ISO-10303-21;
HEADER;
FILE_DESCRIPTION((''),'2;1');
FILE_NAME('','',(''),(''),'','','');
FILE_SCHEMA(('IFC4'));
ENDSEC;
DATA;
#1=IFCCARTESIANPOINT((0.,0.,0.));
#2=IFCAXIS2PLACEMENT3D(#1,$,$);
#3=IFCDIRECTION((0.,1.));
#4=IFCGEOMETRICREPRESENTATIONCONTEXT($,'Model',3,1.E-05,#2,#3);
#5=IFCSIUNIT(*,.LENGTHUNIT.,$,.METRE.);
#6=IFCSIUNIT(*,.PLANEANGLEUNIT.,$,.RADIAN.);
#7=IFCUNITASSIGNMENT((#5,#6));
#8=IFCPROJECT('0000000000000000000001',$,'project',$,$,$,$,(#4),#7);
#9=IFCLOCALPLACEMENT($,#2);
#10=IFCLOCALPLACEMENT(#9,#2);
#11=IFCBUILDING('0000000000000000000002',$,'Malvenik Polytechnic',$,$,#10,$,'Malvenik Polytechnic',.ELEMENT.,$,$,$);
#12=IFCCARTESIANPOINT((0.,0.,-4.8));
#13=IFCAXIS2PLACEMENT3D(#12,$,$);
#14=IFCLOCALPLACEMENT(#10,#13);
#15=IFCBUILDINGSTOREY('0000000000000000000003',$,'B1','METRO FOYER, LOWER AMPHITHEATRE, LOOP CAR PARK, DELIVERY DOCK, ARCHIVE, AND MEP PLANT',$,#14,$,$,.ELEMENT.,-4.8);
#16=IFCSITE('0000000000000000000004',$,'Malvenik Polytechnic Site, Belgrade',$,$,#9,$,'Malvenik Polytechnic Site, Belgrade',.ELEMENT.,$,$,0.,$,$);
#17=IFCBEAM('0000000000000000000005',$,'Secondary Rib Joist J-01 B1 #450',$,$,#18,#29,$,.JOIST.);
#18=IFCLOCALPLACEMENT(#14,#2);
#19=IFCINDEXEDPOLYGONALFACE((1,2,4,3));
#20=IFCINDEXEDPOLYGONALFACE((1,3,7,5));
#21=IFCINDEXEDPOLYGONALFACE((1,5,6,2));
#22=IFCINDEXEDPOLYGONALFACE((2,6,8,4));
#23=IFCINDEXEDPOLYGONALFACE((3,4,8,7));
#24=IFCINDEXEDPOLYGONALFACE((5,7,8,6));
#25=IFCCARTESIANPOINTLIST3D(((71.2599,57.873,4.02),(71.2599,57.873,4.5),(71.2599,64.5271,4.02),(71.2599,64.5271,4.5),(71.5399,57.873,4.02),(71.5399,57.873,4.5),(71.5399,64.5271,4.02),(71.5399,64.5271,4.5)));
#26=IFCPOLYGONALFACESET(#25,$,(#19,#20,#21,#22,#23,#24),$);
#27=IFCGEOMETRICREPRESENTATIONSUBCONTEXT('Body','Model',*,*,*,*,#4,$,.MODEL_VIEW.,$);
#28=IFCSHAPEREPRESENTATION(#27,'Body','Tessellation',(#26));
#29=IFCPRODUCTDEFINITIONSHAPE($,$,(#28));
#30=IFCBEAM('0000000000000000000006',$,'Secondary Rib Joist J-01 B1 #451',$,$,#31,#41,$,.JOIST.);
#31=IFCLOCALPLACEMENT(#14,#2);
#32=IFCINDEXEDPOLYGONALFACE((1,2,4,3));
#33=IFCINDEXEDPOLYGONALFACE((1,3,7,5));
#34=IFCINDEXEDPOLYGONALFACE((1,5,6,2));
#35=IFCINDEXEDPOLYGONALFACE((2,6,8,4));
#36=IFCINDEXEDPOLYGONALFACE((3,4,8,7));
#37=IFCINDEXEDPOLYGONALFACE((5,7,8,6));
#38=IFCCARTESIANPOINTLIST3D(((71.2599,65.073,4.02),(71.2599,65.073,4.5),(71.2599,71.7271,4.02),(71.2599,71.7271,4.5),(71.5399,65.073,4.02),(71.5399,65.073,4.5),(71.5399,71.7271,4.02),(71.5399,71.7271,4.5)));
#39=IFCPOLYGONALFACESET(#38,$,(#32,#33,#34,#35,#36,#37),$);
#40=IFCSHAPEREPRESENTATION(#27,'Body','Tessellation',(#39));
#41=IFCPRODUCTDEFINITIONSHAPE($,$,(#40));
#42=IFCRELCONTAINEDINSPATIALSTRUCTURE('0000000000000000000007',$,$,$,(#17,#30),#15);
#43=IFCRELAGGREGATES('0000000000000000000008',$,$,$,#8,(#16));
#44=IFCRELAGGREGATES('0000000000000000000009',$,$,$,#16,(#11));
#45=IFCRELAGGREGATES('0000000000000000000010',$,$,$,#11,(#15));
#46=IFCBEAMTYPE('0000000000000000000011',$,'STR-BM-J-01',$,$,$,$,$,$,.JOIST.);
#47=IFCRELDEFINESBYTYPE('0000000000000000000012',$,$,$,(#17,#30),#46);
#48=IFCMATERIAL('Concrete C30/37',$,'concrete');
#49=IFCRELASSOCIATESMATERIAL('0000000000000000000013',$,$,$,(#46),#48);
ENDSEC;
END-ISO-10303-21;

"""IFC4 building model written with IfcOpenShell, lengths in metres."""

from ifc_helpers import new_model, si_unit, direction, frame, origin, origin_2d, place, context, subcontext, project, spatial, rectangle, extrude, material, material_profile, profile_set, type_object, element, save


model = new_model("IFC4")

# Units and contexts
model_context = context("Model", 3, precision=1e-05, world=origin(), true_north=direction((0.0, 1.0)))
body_context = subcontext(model_context, "Body", "Model", "MODEL_VIEW")
ifc_project = project(units=[si_unit("LENGTHUNIT", "METRE"), si_unit("PLANEANGLEUNIT", "RADIAN")], contexts=[model_context])

# Site, building, storey
site_placement = place(None, origin())
site = spatial("IfcSite", under=ifc_project, at=site_placement, Name="Malvenik Polytechnic Site, Belgrade", LongName="Malvenik Polytechnic Site, Belgrade", CompositionType="ELEMENT", RefElevation=0.0)
building_placement = place(site_placement, origin())
building = spatial("IfcBuilding", under=site, at=building_placement, Name="Malvenik Polytechnic", LongName="Malvenik Polytechnic", CompositionType="ELEMENT")
storey_placement = place(building_placement, frame((0.0, 0.0, -4.8)))
storey = spatial("IfcBuildingStorey", under=building, at=storey_placement, Name="B1", Description="METRO FOYER, LOWER AMPHITHEATRE, LOOP CAR PARK, DELIVERY DOCK, ARCHIVE, AND MEP PLANT", CompositionType="ELEMENT", Elevation=-4.8)

# Beams
ifc_material_1 = material(Name="Concrete C30/37", Category="concrete")
ifc_material_profile_1 = material_profile(ifc_material_1, rectangle(XDim=0.28, YDim=0.48, at=origin_2d()), Name="RC JST 280x480")
ifc_profile_set_1 = profile_set([ifc_material_profile_1], Name="Concrete C30/37")
beam_type_1 = type_object("IfcBeamType", Name="STR-BM-J-01", PredefinedType="JOIST", material=ifc_profile_set_1)
for number, where, z_axis, x_axis, name in (
    (1, (71.3999, 57.873, 4.26), (0.0, 1.0, 0.0), (-1.0, 0.0, 0.0), "Secondary Rib Joist J-01 B1 #450"),
    (2, (71.3999, 65.073, 4.26), (0.0, 1.0, 0.0), (-1.0, 0.0, 0.0), "Secondary Rib Joist J-01 B1 #451"),
):
    element("IfcBeam", number, at=place(storey_placement, frame(where, z_axis=z_axis, x_axis=x_axis)), inside=storey, type_object=beam_type_1, Name=name, PredefinedType="JOIST", context=body_context, shape_type="SweptSolid", body=[
        extrude(rectangle(XDim=0.28, YDim=0.48, at=origin_2d()), origin(), (0.0, 0.0, 1.0), 6.6541),
    ])

save(model, "model.ifc")
